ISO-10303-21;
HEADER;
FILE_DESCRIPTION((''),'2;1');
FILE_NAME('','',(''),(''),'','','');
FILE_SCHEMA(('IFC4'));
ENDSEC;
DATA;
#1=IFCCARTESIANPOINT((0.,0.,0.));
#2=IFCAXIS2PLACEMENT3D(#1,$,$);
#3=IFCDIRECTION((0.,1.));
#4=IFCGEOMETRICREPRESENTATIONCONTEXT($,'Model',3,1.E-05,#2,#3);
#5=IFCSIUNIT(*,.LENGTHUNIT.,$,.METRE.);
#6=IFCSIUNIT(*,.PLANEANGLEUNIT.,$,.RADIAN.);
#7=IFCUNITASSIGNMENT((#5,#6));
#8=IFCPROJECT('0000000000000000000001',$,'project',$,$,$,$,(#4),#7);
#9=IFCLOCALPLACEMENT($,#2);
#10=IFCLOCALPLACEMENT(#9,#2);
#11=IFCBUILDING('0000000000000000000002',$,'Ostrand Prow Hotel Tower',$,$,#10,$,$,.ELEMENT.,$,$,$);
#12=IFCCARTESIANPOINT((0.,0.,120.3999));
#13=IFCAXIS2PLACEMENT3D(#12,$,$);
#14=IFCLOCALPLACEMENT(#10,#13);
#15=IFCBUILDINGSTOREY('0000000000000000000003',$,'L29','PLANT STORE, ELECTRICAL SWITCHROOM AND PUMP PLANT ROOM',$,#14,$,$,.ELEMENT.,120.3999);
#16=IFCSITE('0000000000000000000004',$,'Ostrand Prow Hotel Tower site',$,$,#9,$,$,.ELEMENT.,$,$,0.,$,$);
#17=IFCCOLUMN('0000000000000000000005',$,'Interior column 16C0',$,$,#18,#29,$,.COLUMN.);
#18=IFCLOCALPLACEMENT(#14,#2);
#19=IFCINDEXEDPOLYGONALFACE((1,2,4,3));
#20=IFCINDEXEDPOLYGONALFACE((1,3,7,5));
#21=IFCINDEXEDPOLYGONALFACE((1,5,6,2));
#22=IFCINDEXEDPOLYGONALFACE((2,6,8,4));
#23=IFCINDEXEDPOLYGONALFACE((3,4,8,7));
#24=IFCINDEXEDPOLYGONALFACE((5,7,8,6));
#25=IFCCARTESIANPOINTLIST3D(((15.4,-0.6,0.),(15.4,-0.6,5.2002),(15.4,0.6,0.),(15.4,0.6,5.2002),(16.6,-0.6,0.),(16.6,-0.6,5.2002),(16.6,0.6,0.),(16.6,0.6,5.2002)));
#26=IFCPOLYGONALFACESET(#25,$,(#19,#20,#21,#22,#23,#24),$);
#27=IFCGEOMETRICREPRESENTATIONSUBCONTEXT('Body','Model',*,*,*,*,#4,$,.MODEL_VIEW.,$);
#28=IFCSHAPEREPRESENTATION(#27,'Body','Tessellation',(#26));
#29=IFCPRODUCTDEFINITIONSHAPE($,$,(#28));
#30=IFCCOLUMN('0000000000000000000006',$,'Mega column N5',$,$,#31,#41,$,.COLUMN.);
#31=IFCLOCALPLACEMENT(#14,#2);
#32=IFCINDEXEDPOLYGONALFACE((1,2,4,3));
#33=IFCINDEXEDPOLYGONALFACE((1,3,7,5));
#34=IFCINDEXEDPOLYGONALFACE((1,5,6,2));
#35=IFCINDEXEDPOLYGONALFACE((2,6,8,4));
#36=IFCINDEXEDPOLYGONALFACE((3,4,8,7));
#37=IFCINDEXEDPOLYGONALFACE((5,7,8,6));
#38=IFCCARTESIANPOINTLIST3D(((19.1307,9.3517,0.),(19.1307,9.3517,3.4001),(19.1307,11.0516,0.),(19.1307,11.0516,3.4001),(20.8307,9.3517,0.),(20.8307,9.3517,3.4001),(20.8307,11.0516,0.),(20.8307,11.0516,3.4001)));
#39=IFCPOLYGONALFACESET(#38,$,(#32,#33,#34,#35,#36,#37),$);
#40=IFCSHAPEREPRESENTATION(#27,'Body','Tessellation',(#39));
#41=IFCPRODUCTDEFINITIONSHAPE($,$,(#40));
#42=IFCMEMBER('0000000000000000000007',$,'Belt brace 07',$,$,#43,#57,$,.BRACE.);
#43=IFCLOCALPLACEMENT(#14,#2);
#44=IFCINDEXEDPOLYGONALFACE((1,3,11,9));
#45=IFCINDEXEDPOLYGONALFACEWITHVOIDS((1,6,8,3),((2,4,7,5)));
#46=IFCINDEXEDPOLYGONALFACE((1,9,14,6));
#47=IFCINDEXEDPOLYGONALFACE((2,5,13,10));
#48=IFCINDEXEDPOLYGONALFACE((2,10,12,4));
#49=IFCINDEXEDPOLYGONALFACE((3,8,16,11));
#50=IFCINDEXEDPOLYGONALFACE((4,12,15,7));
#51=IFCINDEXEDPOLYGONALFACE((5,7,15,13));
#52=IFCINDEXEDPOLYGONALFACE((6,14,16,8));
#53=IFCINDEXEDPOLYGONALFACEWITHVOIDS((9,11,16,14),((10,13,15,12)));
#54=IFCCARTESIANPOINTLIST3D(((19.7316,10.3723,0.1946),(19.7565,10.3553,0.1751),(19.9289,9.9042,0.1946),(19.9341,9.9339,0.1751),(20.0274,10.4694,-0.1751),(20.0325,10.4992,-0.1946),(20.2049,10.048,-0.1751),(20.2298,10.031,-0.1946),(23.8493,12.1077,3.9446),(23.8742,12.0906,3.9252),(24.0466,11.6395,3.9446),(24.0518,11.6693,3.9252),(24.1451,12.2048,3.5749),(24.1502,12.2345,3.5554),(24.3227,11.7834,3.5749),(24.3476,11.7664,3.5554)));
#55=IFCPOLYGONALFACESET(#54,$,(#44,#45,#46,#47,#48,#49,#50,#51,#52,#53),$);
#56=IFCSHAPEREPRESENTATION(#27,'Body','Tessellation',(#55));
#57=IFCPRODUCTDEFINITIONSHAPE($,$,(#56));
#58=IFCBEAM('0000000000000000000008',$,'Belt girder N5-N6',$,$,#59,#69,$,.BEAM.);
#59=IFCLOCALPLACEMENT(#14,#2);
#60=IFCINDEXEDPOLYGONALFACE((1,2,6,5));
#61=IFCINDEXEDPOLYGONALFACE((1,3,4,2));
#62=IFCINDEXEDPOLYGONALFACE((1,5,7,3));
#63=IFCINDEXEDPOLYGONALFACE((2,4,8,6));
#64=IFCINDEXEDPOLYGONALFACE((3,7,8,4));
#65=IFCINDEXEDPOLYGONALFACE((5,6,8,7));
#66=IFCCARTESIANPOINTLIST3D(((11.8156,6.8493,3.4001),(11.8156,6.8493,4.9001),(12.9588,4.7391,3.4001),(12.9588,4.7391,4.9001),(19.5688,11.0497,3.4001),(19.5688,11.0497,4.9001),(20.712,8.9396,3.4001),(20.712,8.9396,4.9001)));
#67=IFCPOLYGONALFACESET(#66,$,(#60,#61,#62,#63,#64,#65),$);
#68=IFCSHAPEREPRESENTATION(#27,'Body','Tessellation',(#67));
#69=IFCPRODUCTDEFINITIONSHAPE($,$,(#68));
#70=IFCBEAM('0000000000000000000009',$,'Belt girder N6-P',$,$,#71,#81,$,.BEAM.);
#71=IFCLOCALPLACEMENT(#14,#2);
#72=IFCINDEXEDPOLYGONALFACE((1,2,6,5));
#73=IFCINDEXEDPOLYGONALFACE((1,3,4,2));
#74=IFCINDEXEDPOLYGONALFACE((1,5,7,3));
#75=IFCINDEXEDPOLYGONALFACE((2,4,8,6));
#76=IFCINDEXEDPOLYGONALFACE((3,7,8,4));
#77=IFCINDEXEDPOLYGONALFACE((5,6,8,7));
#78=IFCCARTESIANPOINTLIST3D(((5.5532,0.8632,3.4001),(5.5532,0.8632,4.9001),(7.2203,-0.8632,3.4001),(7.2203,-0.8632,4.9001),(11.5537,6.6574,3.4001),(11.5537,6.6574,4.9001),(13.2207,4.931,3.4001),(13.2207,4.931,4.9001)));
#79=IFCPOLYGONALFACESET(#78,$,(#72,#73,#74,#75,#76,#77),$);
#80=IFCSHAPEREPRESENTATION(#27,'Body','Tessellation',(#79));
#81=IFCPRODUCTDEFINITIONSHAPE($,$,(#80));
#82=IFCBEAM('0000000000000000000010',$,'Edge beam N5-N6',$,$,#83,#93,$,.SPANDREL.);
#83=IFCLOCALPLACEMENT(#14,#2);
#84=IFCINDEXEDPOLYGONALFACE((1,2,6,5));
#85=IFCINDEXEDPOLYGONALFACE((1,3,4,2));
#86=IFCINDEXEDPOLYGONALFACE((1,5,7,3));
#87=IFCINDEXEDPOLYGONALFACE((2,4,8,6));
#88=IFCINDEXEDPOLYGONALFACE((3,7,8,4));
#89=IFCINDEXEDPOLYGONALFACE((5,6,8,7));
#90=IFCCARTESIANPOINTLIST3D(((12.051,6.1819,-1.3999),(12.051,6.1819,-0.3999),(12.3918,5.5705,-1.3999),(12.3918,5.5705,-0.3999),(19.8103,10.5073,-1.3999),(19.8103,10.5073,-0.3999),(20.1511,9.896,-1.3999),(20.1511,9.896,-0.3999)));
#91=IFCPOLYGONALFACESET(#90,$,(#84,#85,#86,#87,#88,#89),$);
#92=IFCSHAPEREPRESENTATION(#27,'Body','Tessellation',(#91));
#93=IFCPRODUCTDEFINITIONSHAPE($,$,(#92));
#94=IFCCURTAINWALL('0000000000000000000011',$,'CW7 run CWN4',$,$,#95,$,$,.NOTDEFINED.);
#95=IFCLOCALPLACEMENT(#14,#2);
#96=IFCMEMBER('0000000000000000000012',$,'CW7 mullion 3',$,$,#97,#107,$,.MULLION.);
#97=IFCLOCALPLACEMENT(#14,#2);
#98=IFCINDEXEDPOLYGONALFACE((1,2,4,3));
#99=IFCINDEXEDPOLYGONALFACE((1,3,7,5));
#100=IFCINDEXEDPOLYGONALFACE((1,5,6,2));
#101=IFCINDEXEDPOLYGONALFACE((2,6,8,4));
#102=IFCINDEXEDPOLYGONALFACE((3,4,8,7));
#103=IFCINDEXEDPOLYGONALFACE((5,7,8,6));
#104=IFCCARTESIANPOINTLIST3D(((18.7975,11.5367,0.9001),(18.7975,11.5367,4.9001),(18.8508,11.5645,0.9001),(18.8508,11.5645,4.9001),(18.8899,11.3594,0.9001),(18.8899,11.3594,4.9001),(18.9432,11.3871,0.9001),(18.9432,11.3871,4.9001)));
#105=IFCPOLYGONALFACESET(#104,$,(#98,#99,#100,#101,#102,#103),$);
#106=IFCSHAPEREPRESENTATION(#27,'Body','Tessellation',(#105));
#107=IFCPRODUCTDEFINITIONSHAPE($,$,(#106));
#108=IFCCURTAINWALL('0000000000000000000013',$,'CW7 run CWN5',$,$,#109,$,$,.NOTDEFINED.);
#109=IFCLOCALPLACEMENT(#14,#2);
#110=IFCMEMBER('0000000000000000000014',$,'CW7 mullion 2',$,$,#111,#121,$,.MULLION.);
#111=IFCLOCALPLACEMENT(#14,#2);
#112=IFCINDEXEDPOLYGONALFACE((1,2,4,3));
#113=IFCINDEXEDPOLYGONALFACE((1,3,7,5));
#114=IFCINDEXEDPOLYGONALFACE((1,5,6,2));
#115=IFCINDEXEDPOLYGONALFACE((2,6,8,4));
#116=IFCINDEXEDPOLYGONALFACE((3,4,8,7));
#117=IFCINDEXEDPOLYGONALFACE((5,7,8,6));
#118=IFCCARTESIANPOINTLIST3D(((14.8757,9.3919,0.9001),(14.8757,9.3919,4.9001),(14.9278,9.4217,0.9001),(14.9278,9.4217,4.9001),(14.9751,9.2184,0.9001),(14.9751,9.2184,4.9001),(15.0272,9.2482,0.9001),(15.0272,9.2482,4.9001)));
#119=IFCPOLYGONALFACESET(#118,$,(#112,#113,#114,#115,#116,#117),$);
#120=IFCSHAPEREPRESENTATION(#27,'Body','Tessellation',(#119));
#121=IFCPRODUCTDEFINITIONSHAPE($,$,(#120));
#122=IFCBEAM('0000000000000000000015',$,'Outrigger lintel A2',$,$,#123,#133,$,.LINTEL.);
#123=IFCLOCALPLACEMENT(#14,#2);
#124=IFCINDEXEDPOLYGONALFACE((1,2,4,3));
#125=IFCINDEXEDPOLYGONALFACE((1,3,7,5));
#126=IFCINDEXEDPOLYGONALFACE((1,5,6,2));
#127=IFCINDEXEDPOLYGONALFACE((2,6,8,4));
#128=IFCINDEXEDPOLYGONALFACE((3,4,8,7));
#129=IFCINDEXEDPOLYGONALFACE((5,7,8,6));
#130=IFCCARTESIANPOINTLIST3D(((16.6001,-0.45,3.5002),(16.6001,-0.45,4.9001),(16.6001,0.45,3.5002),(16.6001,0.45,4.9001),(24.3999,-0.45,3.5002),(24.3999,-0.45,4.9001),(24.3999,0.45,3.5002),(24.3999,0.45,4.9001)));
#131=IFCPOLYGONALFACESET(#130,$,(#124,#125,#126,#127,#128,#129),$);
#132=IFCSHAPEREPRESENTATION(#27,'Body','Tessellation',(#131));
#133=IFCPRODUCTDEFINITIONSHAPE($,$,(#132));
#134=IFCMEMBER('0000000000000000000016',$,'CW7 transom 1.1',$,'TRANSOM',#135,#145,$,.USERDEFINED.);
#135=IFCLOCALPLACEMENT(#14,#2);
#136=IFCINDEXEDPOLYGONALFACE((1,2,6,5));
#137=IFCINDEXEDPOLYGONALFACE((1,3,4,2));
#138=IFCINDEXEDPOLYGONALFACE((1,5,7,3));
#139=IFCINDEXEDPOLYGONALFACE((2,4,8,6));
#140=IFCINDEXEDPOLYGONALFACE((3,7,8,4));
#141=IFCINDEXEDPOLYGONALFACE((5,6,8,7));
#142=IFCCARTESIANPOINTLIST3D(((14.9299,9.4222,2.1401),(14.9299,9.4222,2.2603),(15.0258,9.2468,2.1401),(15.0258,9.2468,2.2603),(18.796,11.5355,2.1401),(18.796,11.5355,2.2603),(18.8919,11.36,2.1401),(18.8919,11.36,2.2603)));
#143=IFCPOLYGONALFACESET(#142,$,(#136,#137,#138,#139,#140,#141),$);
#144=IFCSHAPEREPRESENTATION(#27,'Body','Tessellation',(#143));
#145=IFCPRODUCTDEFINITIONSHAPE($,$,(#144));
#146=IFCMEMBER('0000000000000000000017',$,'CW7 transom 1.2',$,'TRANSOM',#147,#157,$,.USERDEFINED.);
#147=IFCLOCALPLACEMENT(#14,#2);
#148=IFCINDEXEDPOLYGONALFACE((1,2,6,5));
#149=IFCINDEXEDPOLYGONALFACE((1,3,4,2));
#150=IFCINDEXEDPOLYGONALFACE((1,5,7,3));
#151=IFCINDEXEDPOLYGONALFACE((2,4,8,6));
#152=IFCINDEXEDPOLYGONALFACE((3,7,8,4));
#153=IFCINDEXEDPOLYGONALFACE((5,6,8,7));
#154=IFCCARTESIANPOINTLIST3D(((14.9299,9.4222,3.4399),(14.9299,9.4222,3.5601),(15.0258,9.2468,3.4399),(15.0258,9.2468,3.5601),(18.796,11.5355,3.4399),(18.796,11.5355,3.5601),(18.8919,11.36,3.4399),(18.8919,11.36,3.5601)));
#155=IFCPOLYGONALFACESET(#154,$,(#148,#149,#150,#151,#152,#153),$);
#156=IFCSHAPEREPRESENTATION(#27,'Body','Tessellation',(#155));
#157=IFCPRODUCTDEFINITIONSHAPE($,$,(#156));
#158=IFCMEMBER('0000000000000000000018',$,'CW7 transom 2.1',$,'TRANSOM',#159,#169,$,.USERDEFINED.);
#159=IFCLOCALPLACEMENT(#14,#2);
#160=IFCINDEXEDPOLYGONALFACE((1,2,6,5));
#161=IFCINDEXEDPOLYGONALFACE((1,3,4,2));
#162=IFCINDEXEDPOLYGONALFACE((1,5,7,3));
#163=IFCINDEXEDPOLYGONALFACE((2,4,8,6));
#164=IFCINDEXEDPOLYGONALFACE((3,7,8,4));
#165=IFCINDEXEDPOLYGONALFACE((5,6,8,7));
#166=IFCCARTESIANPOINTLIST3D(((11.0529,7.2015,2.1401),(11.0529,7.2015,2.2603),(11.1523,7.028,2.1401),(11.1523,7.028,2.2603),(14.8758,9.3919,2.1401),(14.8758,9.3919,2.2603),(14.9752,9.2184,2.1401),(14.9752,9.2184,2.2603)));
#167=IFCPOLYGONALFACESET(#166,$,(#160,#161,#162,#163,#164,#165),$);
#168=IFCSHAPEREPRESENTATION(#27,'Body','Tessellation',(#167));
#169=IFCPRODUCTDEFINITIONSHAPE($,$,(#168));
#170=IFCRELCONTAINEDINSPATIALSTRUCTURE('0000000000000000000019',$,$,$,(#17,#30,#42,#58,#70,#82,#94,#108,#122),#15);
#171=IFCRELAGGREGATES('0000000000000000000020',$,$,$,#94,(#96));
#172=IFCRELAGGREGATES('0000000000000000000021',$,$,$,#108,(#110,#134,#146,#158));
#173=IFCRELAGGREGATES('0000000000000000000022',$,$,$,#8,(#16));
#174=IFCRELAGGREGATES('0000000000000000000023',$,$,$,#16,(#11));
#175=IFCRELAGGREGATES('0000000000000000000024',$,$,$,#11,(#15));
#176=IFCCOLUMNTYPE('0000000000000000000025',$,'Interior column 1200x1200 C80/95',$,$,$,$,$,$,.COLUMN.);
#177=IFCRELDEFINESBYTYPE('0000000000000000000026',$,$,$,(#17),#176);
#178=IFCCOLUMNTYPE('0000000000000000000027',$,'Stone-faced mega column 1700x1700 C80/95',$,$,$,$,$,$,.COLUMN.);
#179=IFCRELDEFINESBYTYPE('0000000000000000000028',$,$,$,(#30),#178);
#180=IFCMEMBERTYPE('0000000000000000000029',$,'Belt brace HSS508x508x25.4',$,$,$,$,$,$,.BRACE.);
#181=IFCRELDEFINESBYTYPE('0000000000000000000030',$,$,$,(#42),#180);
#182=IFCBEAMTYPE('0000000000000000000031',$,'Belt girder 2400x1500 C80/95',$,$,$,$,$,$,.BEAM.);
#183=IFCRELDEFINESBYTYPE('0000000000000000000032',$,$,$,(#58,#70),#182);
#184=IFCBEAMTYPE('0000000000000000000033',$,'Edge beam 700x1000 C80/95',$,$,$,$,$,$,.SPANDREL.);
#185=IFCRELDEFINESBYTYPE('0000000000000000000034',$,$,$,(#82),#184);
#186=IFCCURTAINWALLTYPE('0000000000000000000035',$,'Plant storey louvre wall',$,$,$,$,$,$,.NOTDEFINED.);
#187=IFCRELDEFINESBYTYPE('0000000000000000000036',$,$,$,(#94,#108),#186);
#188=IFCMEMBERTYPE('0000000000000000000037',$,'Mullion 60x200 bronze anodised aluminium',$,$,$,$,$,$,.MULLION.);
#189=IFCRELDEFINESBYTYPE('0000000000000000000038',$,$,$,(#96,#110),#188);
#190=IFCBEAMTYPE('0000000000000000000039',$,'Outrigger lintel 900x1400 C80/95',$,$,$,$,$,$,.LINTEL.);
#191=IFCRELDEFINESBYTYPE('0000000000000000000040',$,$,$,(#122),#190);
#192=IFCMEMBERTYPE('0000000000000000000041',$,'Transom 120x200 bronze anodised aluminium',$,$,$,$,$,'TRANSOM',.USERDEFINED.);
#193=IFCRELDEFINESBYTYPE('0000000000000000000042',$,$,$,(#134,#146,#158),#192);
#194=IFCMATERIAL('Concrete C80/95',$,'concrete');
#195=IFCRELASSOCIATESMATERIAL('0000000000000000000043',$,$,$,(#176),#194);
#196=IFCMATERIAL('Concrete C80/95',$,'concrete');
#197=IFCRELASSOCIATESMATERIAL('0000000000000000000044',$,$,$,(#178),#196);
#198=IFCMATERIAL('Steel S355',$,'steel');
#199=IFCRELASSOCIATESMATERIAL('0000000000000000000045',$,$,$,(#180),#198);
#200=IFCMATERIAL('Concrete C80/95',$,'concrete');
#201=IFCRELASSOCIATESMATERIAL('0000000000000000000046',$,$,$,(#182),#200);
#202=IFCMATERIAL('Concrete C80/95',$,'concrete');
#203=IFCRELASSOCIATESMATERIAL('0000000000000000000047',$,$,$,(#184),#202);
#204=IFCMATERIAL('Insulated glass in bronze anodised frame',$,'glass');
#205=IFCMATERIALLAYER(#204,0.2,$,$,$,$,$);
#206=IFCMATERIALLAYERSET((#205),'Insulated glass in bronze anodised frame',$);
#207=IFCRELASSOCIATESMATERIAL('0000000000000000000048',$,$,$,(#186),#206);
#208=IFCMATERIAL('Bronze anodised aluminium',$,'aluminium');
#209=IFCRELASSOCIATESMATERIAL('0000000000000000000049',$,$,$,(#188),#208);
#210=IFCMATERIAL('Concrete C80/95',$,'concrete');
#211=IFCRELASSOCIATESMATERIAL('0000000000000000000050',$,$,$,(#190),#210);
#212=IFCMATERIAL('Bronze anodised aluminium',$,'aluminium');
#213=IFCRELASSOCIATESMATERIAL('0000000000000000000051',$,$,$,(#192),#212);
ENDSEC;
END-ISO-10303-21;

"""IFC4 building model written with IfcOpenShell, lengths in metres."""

from ifc_helpers import new_model, si_unit, direction, frame, origin, origin_2d, place, context, subcontext, project, spatial, rectangle, hollow_rectangle, extrude, material, layer, layer_set, material_profile, profile_set, type_object, element, aggregate, save


model = new_model("IFC4")

# Units and contexts
model_context = context("Model", 3, precision=1e-05, world=origin(), true_north=direction((0.0, 1.0)))
body_context = subcontext(model_context, "Body", "Model", "MODEL_VIEW")
ifc_project = project(units=[si_unit("LENGTHUNIT", "METRE"), si_unit("PLANEANGLEUNIT", "RADIAN")], contexts=[model_context])

# Site, building, storey
site_placement = place(None, origin())
site = spatial("IfcSite", under=ifc_project, at=site_placement, Name="Ostrand Prow Hotel Tower site", CompositionType="ELEMENT", RefElevation=0.0)
building_placement = place(site_placement, origin())
building = spatial("IfcBuilding", under=site, at=building_placement, Name="Ostrand Prow Hotel Tower", CompositionType="ELEMENT")
storey_placement = place(building_placement, frame((0.0, 0.0, 120.3999)))
storey = spatial("IfcBuildingStorey", under=building, at=storey_placement, Name="L29", Description="PLANT STORE, ELECTRICAL SWITCHROOM AND PUMP PLANT ROOM", CompositionType="ELEMENT", Elevation=120.3999)

# Columns
ifc_material_1 = material(Name="Concrete C80/95", Category="concrete")
ifc_material_profile_1 = material_profile(ifc_material_1, rectangle(XDim=1.2, YDim=1.2, at=origin_2d()), Name="RC 1200x1200")
ifc_profile_set_1 = profile_set([ifc_material_profile_1], Name="Concrete C80/95")
column_type_1 = type_object("IfcColumnType", Name="Interior column 1200x1200 C80/95", PredefinedType="COLUMN", material=ifc_profile_set_1)
column_1_placement = place(storey_placement, frame((16.0, 0.0, 0.0), z_axis=(0.0, 0.0, 1.0), x_axis=(1.0, 0.0, 0.0)))
element("IfcColumn", 1, at=column_1_placement, inside=storey, type_object=column_type_1, Name="Interior column 16C0", PredefinedType="COLUMN", context=body_context, shape_type="SweptSolid", body=[
    extrude(rectangle(XDim=1.2, YDim=1.2, at=origin_2d()), origin(), (0.0, 0.0, 1.0), 5.2002),
])
ifc_material_2 = material(Name="Concrete C80/95", Category="concrete")
ifc_material_profile_2 = material_profile(ifc_material_2, rectangle(XDim=1.7, YDim=1.7, at=origin_2d()), Name="RC 1700x1700")
ifc_profile_set_2 = profile_set([ifc_material_profile_2], Name="Concrete C80/95")
column_type_2 = type_object("IfcColumnType", Name="Stone-faced mega column 1700x1700 C80/95", PredefinedType="COLUMN", material=ifc_profile_set_2)
column_2_placement = place(storey_placement, frame((19.9807, 10.2017, 0.0), z_axis=(0.0, 0.0, 1.0), x_axis=(1.0, 0.0, 0.0)))
element("IfcColumn", 2, at=column_2_placement, inside=storey, type_object=column_type_2, Name="Mega column N5", PredefinedType="COLUMN", context=body_context, shape_type="SweptSolid", body=[
    extrude(rectangle(XDim=1.7, YDim=1.7, at=origin_2d()), origin(), (0.0, 0.0, 1.0), 3.4001),
])

# Member
ifc_material_3 = material(Name="Steel S355", Category="steel")
ifc_material_profile_3 = material_profile(ifc_material_3, hollow_rectangle(XDim=0.5081, YDim=0.5081, WallThickness=0.0254, at=origin_2d()), Name="HSS508x508x25.4")
ifc_profile_set_3 = profile_set([ifc_material_profile_3], Name="Steel S355")
member_type_1 = type_object("IfcMemberType", Name="Belt brace HSS508x508x25.4", PredefinedType="BRACE", material=ifc_profile_set_3)
member_1_placement = place(storey_placement, frame((19.9807, 10.2017, 0.0), z_axis=(0.705873, 0.297483, 0.642844), x_axis=(-0.38836, 0.921508, 0.0)))
element("IfcMember", 3, at=member_1_placement, inside=storey, type_object=member_type_1, Name="Belt brace 07", PredefinedType="BRACE", context=body_context, shape_type="SweptSolid", body=[
    extrude(hollow_rectangle(XDim=0.5081, YDim=0.5081, WallThickness=0.0254, at=origin_2d()), origin(), (0.0, 0.0, 1.0), 5.8335),
])

# Beams
ifc_material_4 = material(Name="Concrete C80/95", Category="concrete")
ifc_material_profile_4 = material_profile(ifc_material_4, rectangle(XDim=2.3999, YDim=1.5, at=origin_2d()), Name="RC 2400x1500")
ifc_profile_set_4 = profile_set([ifc_material_profile_4], Name="Concrete C80/95")
beam_type_1 = type_object("IfcBeamType", Name="Belt girder 2400x1500 C80/95", PredefinedType="BEAM", material=ifc_profile_set_4)
beam_1_placement = place(storey_placement, frame((20.1404, 9.9946, 4.1501), z_axis=(-0.879254, -0.476354, 0.0), x_axis=(0.476354, -0.879254, 0.0)))
element("IfcBeam", 4, at=beam_1_placement, inside=storey, type_object=beam_type_1, Name="Belt girder N5-N6", PredefinedType="BEAM", context=body_context, shape_type="SweptSolid", body=[
    extrude(rectangle(XDim=2.3999, YDim=1.5, at=origin_2d()), origin(), (0.0, 0.0, 1.0), 8.8179),
])
beam_2_placement = place(storey_placement, frame((12.3872, 5.7942, 4.1501), z_axis=(-0.719365, -0.694633, 0.0), x_axis=(0.694633, -0.719365, 0.0)))
element("IfcBeam", 5, at=beam_2_placement, inside=storey, type_object=beam_type_1, Name="Belt girder N6-P", PredefinedType="BEAM", context=body_context, shape_type="SweptSolid", body=[
    extrude(rectangle(XDim=2.3999, YDim=1.5, at=origin_2d()), origin(), (0.0, 0.0, 1.0), 8.3413),
])
ifc_material_5 = material(Name="Concrete C80/95", Category="concrete")
ifc_material_profile_5 = material_profile(ifc_material_5, rectangle(XDim=0.7, YDim=1.0, at=origin_2d()), Name="RC 700x1000")
ifc_profile_set_5 = profile_set([ifc_material_profile_5], Name="Concrete C80/95")
beam_type_2 = type_object("IfcBeamType", Name="Edge beam 700x1000 C80/95", PredefinedType="SPANDREL", material=ifc_profile_set_5)
beam_3_placement = place(storey_placement, frame((19.9807, 10.2017, -0.8999), z_axis=(-0.873452, -0.486909, 0.0), x_axis=(0.486909, -0.873452, 0.0)))
element("IfcBeam", 6, at=beam_3_placement, inside=storey, type_object=beam_type_2, Name="Edge beam N5-N6", PredefinedType="SPANDREL", context=body_context, shape_type="SweptSolid", body=[
    extrude(rectangle(XDim=0.7, YDim=1.0, at=origin_2d()), origin(), (0.0, 0.0, 1.0), 8.8835),
])

# Curtain walls, members
ifc_material_6 = material(Name="Insulated glass in bronze anodised frame", Category="glass")
ifc_layer_1 = layer(ifc_material_6, 0.2)
ifc_layer_set_1 = layer_set([ifc_layer_1], Name="Insulated glass in bronze anodised frame")
curtain_wall_type = type_object("IfcCurtainWallType", Name="Plant storey louvre wall", PredefinedType="NOTDEFINED", material=ifc_layer_set_1)
curtain_wall_1_placement = place(storey_placement, origin())
curtain_wall_1 = element("IfcCurtainWall", 7, at=curtain_wall_1_placement, inside=storey, type_object=curtain_wall_type, Name="CW7 run CWN4", PredefinedType="NOTDEFINED")
ifc_material_7 = material(Name="Bronze anodised aluminium", Category="aluminium")
ifc_material_profile_6 = material_profile(ifc_material_7, rectangle(XDim=0.2, YDim=0.0601, at=origin_2d()), Name="Mullion 60x200 bronze anodised aluminium")
ifc_profile_set_6 = profile_set([ifc_material_profile_6], Name="Bronze anodised aluminium")
member_type_2 = type_object("IfcMemberType", Name="Mullion 60x200 bronze anodised aluminium", PredefinedType="MULLION", material=ifc_profile_set_6)
member_2_placement = place(storey_placement, frame((18.8704, 11.4619, 0.9001), z_axis=(0.0, 0.0, 1.0), x_axis=(0.461968, -0.886896, 0.0)))
member_2 = element("IfcMember", 8, at=member_2_placement, type_object=member_type_2, Name="CW7 mullion 3", PredefinedType="MULLION", context=body_context, shape_type="SweptSolid", body=[
    extrude(rectangle(XDim=0.2, YDim=0.0601, at=origin_2d()), origin(), (0.0, 0.0, 1.0), 4.0),
])
curtain_wall_2_placement = place(storey_placement, origin())
curtain_wall_2 = element("IfcCurtainWall", 9, at=curtain_wall_2_placement, inside=storey, type_object=curtain_wall_type, Name="CW7 run CWN5", PredefinedType="NOTDEFINED")
member_3_placement = place(storey_placement, frame((14.9514, 9.3201, 0.9001), z_axis=(0.0, 0.0, 1.0), x_axis=(0.497115, -0.867685, 0.0)))
member_3 = element("IfcMember", 10, at=member_3_placement, type_object=member_type_2, Name="CW7 mullion 2", PredefinedType="MULLION", context=body_context, shape_type="SweptSolid", body=[
    extrude(rectangle(XDim=0.2, YDim=0.0601, at=origin_2d()), origin(), (0.0, 0.0, 1.0), 4.0),
])

# Beam
ifc_material_8 = material(Name="Concrete C80/95", Category="concrete")
ifc_material_profile_7 = material_profile(ifc_material_8, rectangle(XDim=0.8999, YDim=1.3999, at=origin_2d()), Name="RC 900x1400")
ifc_profile_set_7 = profile_set([ifc_material_profile_7], Name="Concrete C80/95")
beam_type_3 = type_object("IfcBeamType", Name="Outrigger lintel 900x1400 C80/95", PredefinedType="LINTEL", material=ifc_profile_set_7)
beam_4_placement = place(storey_placement, frame((16.6001, 0.0, 4.2002), z_axis=(1.0, 0.0, 0.0), x_axis=(0.0, 1.0, 0.0)))
element("IfcBeam", 11, at=beam_4_placement, inside=storey, type_object=beam_type_3, Name="Outrigger lintel A2", PredefinedType="LINTEL", context=body_context, shape_type="SweptSolid", body=[
    extrude(rectangle(XDim=0.8999, YDim=1.3999, at=origin_2d()), origin(), (0.0, 0.0, 1.0), 7.7998),
])

# Members
ifc_material_9 = material(Name="Bronze anodised aluminium", Category="aluminium")
ifc_material_profile_8 = material_profile(ifc_material_9, rectangle(XDim=0.2, YDim=0.1201, at=origin_2d()), Name="Transom 120x200 bronze anodised aluminium")
ifc_profile_set_8 = profile_set([ifc_material_profile_8], Name="Bronze anodised aluminium")
member_type_3 = type_object("IfcMemberType", Name="Transom 120x200 bronze anodised aluminium", ElementType="TRANSOM", PredefinedType="USERDEFINED", material=ifc_profile_set_8)
member_4_placement = place(storey_placement, frame((18.844, 11.4478, 2.2002), z_axis=(-0.877472, -0.479628, 0.0), x_axis=(0.479628, -0.877472, 0.0)))
member_4 = element("IfcMember", 12, at=member_4_placement, type_object=member_type_3, Name="CW7 transom 1.1", ObjectType="TRANSOM", PredefinedType="USERDEFINED", context=body_context, shape_type="SweptSolid", body=[
    extrude(rectangle(XDim=0.2, YDim=0.1201, at=origin_2d()), origin(), (0.0, 0.0, 1.0), 4.406),
])
member_5_placement = place(storey_placement, frame((18.844, 11.4478, 3.5), z_axis=(-0.877472, -0.479628, 0.0), x_axis=(0.479628, -0.877472, 0.0)))
member_5 = element("IfcMember", 13, at=member_5_placement, type_object=member_type_3, Name="CW7 transom 1.2", ObjectType="TRANSOM", PredefinedType="USERDEFINED", context=body_context, shape_type="SweptSolid", body=[
    extrude(rectangle(XDim=0.2, YDim=0.1201, at=origin_2d()), origin(), (0.0, 0.0, 1.0), 4.406),
])
member_6_placement = place(storey_placement, frame((14.9255, 9.3052, 2.2002), z_axis=(-0.86767, -0.497141, 0.0), x_axis=(0.497141, -0.86767, 0.0)))
member_6 = element("IfcMember", 14, at=member_6_placement, type_object=member_type_3, Name="CW7 transom 2.1", ObjectType="TRANSOM", PredefinedType="USERDEFINED", context=body_context, shape_type="SweptSolid", body=[
    extrude(rectangle(XDim=0.2, YDim=0.1201, at=origin_2d()), origin(), (0.0, 0.0, 1.0), 4.406),
])

aggregate(curtain_wall_1, [member_2])
aggregate(curtain_wall_2, [member_3, member_4, member_5, member_6])

save(model, "model.ifc")
